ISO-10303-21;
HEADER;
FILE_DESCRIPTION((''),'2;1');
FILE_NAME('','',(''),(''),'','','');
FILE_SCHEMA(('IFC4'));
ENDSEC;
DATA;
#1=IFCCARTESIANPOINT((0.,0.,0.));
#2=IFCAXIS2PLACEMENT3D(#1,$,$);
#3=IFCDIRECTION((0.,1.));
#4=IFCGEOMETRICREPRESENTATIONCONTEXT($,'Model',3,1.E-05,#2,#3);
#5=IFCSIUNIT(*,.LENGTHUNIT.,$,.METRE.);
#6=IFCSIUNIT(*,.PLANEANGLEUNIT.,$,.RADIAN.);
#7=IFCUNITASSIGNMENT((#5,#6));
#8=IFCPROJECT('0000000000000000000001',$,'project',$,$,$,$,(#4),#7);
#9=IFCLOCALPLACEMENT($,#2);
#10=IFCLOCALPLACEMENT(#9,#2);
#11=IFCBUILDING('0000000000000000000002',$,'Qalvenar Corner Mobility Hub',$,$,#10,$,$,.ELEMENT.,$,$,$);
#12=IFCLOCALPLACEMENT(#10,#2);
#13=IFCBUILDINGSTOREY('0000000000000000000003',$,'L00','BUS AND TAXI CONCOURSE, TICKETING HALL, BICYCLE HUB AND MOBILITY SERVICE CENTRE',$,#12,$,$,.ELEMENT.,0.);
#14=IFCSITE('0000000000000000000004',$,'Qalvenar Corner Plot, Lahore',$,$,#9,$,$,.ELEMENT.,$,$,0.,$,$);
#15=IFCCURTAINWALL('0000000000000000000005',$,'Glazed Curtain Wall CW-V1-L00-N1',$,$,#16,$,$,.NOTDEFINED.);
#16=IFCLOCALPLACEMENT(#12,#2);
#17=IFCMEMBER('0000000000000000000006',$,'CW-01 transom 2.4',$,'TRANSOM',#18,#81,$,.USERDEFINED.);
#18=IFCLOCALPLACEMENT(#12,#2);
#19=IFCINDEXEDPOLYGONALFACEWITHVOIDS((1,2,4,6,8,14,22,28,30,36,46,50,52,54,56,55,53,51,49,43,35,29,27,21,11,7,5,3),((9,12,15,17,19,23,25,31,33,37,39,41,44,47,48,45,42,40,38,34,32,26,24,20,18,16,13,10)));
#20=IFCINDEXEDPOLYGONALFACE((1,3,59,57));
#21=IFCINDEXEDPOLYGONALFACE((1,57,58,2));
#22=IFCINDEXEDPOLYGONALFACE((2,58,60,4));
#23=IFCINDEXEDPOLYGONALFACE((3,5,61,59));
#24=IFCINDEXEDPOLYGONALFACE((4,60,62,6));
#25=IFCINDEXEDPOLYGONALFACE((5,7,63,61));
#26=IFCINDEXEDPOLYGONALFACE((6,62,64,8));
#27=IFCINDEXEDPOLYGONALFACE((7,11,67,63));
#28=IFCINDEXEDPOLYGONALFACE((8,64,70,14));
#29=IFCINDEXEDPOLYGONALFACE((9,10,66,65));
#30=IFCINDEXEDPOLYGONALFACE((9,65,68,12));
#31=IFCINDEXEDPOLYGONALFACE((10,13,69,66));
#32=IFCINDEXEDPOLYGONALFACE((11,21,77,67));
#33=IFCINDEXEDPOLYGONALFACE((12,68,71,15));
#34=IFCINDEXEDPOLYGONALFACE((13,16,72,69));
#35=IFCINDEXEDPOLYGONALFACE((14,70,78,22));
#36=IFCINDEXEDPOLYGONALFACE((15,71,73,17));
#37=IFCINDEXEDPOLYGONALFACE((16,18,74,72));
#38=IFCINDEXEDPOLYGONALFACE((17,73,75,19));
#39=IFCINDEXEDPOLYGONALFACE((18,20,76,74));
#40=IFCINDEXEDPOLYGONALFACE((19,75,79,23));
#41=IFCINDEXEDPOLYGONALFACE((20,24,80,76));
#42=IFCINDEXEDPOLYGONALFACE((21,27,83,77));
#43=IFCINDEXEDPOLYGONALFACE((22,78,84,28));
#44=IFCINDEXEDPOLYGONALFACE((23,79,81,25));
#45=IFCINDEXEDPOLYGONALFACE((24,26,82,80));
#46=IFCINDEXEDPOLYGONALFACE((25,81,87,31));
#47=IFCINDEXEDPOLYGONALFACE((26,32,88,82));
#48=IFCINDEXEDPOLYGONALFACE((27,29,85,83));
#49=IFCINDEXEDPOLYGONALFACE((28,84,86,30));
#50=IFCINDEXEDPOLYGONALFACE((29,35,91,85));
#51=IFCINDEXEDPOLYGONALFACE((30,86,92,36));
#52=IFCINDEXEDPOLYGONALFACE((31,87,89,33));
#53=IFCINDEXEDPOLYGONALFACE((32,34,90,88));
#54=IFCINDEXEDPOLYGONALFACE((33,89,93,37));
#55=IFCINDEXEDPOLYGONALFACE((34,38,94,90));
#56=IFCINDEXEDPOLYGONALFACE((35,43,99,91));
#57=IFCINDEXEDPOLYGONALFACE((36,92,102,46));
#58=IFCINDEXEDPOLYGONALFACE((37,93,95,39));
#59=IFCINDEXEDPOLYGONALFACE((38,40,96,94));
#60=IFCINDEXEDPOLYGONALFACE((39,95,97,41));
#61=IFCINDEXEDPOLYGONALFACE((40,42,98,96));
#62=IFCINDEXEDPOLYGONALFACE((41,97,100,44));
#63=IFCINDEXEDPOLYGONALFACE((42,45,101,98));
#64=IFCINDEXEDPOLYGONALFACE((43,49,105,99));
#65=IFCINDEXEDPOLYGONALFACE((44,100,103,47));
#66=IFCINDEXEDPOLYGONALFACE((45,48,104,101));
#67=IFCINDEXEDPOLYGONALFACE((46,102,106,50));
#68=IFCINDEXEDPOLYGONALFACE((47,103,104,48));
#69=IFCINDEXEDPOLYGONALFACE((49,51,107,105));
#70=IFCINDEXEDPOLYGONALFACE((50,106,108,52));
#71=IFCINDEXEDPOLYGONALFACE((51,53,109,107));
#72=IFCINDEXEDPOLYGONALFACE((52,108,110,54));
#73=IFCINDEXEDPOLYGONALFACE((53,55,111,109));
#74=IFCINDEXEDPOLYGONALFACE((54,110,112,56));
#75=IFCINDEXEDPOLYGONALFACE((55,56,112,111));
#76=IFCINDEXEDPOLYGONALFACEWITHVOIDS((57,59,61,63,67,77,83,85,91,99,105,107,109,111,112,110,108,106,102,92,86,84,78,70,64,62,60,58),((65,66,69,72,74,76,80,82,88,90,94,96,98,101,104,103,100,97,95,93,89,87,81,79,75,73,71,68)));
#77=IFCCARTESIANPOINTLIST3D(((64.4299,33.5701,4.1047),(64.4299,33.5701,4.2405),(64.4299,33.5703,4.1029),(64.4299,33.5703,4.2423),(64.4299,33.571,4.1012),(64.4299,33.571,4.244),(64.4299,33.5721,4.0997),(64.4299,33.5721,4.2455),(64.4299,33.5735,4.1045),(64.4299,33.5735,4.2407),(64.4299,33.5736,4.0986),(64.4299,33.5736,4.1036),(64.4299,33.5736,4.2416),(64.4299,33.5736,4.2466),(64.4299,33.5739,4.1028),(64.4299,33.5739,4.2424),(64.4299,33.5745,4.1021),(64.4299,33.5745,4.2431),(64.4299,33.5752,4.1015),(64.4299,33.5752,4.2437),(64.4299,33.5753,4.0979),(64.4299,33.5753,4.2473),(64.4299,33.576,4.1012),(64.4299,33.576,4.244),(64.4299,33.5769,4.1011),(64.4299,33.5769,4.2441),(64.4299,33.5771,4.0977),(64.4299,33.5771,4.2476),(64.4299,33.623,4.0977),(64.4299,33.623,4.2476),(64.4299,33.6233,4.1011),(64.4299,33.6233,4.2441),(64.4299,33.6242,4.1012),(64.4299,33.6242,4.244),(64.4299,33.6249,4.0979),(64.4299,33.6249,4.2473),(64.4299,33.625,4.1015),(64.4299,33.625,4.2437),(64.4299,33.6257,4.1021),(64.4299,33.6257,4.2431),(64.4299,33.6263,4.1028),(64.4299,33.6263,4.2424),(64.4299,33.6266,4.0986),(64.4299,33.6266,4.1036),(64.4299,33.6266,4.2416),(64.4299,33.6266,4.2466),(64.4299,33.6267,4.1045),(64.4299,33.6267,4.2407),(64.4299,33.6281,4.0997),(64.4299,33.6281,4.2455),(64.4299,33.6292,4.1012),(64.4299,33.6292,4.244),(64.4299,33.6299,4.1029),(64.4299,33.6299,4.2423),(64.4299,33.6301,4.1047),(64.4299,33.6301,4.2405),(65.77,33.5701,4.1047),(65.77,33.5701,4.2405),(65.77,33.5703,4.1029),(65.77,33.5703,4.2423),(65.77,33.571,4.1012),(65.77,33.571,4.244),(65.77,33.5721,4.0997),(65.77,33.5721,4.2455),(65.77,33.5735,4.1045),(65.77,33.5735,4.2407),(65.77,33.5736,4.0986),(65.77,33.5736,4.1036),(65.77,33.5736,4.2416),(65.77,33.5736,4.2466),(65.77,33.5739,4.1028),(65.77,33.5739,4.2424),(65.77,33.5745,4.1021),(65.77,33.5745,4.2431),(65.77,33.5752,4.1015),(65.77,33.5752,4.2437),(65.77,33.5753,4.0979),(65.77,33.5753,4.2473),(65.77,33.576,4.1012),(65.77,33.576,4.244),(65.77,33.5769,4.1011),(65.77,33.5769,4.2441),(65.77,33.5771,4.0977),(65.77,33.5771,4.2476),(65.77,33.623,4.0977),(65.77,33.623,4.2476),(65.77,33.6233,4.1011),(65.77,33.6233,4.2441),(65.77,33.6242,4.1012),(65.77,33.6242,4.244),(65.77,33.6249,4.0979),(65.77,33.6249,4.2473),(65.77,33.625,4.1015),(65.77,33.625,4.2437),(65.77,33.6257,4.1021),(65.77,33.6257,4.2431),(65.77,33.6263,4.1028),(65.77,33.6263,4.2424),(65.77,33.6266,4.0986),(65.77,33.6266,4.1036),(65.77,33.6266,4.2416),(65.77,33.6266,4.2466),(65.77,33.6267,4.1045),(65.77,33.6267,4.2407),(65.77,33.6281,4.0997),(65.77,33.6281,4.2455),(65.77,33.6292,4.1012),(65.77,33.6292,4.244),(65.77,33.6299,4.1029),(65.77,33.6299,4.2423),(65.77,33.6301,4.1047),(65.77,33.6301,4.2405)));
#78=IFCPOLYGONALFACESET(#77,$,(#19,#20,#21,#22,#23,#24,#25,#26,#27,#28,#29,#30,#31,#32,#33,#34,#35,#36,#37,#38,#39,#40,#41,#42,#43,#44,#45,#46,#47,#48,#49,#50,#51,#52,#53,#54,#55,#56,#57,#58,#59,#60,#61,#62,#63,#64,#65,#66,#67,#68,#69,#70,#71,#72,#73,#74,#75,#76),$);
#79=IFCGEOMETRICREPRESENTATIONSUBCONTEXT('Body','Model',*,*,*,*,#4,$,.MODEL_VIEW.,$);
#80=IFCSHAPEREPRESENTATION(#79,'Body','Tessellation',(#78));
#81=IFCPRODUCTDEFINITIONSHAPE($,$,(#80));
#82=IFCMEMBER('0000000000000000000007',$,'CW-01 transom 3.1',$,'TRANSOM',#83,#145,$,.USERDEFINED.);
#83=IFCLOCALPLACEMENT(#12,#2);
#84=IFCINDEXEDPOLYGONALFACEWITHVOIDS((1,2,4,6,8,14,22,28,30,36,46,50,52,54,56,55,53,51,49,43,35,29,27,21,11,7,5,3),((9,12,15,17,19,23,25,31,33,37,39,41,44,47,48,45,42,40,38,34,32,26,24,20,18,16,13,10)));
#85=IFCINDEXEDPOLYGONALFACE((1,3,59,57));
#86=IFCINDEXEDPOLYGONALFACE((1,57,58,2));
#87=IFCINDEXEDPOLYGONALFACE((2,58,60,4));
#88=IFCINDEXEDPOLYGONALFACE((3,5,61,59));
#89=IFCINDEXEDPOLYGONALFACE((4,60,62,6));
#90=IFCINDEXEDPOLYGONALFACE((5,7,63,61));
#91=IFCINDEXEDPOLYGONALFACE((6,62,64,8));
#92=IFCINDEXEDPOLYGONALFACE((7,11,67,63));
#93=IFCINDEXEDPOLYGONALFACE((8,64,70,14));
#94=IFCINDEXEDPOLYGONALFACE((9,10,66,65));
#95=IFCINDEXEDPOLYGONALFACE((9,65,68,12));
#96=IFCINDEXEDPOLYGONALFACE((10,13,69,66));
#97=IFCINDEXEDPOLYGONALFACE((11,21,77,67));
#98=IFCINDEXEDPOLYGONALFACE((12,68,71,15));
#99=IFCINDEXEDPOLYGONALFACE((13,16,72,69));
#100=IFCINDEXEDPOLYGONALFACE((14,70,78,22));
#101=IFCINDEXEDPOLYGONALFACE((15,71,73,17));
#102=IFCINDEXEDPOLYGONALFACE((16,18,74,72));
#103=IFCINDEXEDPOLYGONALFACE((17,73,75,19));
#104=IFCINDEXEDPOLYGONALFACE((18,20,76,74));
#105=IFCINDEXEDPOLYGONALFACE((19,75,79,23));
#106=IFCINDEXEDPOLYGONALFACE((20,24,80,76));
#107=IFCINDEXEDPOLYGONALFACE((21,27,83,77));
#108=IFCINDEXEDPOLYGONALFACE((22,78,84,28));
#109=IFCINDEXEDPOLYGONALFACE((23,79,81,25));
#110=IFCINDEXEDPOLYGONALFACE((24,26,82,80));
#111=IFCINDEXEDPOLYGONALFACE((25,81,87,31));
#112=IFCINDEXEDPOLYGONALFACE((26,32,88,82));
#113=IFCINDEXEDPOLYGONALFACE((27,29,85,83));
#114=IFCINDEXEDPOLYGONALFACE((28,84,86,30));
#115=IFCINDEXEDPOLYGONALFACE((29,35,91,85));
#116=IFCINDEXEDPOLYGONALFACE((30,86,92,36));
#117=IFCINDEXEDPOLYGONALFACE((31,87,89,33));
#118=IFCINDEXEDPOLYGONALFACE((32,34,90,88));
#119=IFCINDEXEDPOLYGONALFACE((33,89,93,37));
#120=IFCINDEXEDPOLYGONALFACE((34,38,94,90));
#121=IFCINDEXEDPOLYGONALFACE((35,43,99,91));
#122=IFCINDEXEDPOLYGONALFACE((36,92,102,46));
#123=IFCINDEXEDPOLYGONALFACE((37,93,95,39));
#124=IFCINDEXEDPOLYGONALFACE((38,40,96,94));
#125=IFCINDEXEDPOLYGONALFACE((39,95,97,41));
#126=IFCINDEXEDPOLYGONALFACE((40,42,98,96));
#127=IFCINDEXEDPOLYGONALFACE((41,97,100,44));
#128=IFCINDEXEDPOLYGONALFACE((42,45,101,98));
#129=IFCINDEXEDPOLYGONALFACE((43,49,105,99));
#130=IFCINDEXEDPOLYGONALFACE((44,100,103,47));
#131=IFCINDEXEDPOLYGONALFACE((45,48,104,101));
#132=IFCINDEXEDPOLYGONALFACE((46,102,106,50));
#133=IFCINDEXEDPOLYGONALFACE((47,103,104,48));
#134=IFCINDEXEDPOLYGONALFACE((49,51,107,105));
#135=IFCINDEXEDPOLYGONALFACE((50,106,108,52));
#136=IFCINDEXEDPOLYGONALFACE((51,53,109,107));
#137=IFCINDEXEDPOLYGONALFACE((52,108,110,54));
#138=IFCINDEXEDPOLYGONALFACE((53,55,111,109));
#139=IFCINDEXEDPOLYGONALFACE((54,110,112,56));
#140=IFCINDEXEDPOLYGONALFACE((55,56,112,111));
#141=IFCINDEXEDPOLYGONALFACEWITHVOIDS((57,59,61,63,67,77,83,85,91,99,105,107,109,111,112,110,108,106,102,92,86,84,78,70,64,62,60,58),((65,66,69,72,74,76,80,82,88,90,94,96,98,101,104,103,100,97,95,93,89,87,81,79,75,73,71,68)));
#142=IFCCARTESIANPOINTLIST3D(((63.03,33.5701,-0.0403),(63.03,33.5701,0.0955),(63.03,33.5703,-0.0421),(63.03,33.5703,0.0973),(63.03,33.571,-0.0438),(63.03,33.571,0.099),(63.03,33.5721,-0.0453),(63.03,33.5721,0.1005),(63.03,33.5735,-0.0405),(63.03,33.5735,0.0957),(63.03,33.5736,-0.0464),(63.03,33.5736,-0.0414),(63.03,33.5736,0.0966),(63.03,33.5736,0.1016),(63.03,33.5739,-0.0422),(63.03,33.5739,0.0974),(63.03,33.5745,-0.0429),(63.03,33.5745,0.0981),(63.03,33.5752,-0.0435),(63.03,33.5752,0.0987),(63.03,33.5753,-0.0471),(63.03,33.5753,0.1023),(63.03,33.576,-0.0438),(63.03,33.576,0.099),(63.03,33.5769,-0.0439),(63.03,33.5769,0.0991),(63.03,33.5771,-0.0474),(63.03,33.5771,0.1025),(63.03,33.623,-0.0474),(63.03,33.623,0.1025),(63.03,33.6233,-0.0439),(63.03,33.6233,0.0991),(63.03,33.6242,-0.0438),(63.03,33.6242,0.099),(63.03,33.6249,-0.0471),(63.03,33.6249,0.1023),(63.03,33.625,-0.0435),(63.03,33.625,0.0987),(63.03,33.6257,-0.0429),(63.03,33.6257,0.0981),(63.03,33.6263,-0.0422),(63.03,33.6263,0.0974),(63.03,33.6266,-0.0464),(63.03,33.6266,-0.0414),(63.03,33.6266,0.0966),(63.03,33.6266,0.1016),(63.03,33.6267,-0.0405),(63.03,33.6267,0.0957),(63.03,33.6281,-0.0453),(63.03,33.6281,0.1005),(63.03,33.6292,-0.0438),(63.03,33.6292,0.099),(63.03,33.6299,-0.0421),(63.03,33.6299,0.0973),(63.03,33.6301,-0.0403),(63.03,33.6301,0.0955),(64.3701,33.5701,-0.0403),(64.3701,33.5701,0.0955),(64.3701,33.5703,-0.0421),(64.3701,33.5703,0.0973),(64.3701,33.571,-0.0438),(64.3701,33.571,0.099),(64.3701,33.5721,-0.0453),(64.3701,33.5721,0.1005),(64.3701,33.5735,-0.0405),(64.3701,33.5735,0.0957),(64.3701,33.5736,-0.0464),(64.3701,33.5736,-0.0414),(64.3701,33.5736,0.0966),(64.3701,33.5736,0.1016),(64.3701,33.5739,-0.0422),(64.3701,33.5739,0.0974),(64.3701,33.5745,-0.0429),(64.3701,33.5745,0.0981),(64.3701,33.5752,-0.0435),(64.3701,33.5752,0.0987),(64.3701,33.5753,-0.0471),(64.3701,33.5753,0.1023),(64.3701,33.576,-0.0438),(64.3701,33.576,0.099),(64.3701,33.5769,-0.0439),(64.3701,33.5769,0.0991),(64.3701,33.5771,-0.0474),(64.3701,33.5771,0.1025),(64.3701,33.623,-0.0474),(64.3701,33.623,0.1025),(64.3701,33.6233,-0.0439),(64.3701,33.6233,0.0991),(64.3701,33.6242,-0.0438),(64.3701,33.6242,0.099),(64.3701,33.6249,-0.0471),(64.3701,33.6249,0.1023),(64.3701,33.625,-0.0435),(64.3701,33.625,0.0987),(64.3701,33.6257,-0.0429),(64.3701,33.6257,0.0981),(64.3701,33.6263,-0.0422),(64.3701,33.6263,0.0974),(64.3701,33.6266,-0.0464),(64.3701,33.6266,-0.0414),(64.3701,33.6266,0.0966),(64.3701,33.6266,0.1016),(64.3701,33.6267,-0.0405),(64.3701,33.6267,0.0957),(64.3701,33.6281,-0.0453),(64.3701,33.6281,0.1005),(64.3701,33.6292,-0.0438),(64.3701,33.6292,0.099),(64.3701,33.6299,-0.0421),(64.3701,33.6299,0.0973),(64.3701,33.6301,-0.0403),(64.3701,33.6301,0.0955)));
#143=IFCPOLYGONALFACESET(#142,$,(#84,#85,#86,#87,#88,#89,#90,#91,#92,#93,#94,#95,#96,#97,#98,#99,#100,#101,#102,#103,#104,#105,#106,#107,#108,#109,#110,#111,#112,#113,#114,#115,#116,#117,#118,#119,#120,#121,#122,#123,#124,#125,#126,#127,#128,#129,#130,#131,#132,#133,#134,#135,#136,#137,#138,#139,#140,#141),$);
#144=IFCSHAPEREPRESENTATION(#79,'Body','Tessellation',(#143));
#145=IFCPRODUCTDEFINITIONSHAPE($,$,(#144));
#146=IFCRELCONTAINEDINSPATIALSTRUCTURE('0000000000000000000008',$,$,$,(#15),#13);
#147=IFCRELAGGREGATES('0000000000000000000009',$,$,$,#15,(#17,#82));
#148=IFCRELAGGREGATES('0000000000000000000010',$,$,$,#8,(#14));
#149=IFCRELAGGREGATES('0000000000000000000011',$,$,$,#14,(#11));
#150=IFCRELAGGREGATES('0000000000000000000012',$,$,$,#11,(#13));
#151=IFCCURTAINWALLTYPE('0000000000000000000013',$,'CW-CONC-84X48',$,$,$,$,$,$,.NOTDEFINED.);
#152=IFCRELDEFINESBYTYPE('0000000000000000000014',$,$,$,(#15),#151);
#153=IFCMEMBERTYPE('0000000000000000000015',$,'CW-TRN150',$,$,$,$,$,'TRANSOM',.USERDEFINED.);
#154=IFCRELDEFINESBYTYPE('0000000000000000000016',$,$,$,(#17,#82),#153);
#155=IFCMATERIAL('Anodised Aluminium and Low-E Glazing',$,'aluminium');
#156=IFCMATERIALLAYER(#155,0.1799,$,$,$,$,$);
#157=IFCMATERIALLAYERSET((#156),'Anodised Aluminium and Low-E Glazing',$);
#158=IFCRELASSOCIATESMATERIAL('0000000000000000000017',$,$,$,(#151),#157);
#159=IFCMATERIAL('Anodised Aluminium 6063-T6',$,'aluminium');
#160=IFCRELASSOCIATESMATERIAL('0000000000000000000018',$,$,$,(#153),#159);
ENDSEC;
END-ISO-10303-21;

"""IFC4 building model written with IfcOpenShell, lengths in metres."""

from ifc_helpers import new_model, si_unit, direction, frame, origin, origin_2d, place, context, subcontext, project, spatial, hollow_rectangle, extrude, material, layer, layer_set, material_profile, profile_set, type_object, element, aggregate, save


model = new_model("IFC4")

# Units and contexts
model_context = context("Model", 3, precision=1e-05, world=origin(), true_north=direction((0.0, 1.0)))
body_context = subcontext(model_context, "Body", "Model", "MODEL_VIEW")
ifc_project = project(units=[si_unit("LENGTHUNIT", "METRE"), si_unit("PLANEANGLEUNIT", "RADIAN")], contexts=[model_context])

# Site, building, storey
site_placement = place(None, origin())
site = spatial("IfcSite", under=ifc_project, at=site_placement, Name="Qalvenar Corner Plot, Lahore", CompositionType="ELEMENT", RefElevation=0.0)
building_placement = place(site_placement, origin())
building = spatial("IfcBuilding", under=site, at=building_placement, Name="Qalvenar Corner Mobility Hub", CompositionType="ELEMENT")
storey_placement = place(building_placement, origin())
storey = spatial("IfcBuildingStorey", under=building, at=storey_placement, Name="L00", Description="BUS AND TAXI CONCOURSE, TICKETING HALL, BICYCLE HUB AND MOBILITY SERVICE CENTRE", CompositionType="ELEMENT", Elevation=0.0)

# Curtain wall, members
ifc_material_1 = material(Name="Anodised Aluminium and Low-E Glazing", Category="aluminium")
ifc_layer_1 = layer(ifc_material_1, 0.1799)
ifc_layer_set_1 = layer_set([ifc_layer_1], Name="Anodised Aluminium and Low-E Glazing")
curtain_wall_type = type_object("IfcCurtainWallType", Name="CW-CONC-84X48", PredefinedType="NOTDEFINED", material=ifc_layer_set_1)
curtain_wall_placement = place(storey_placement, origin())
curtain_wall = element("IfcCurtainWall", 1, at=curtain_wall_placement, inside=storey, type_object=curtain_wall_type, Name="Glazed Curtain Wall CW-V1-L00-N1", PredefinedType="NOTDEFINED")
ifc_material_2 = material(Name="Anodised Aluminium 6063-T6", Category="aluminium")
ifc_material_profile_1 = material_profile(ifc_material_2, hollow_rectangle(XDim=0.0601, YDim=0.1499, WallThickness=0.0034, InnerFilletRadius=0.0034, OuterFilletRadius=0.0071, at=origin_2d()), Name="RHS150x60x3.5")
ifc_profile_set_1 = profile_set([ifc_material_profile_1], Name="Anodised Aluminium 6063-T6")
member_type_1 = type_object("IfcMemberType", Name="CW-TRN150", ElementType="TRANSOM", PredefinedType="USERDEFINED", material=ifc_profile_set_1)
member_1_placement = place(storey_placement, frame((65.77, 33.6001, 4.1726), z_axis=(-1.0, 0.0, 0.0), x_axis=(0.0, -1.0, 0.0)))
member_1 = element("IfcMember", 2, at=member_1_placement, type_object=member_type_1, Name="CW-01 transom 2.4", ObjectType="TRANSOM", PredefinedType="USERDEFINED", context=body_context, shape_type="SweptSolid", body=[
    extrude(hollow_rectangle(XDim=0.0601, YDim=0.1499, WallThickness=0.0034, InnerFilletRadius=0.0034, OuterFilletRadius=0.0071, at=origin_2d()), origin(), (0.0, 0.0, 1.0), 1.3401),
])
member_2_placement = place(storey_placement, frame((64.3701, 33.6001, 0.0276), z_axis=(-1.0, 0.0, 0.0), x_axis=(0.0, -1.0, 0.0)))
member_2 = element("IfcMember", 3, at=member_2_placement, type_object=member_type_1, Name="CW-01 transom 3.1", ObjectType="TRANSOM", PredefinedType="USERDEFINED", context=body_context, shape_type="SweptSolid", body=[
    extrude(hollow_rectangle(XDim=0.0601, YDim=0.1499, WallThickness=0.0034, InnerFilletRadius=0.0034, OuterFilletRadius=0.0071, at=origin_2d()), origin(), (0.0, 0.0, 1.0), 1.3401),
])
aggregate(curtain_wall, [member_1, member_2])

save(model, "model.ifc")
